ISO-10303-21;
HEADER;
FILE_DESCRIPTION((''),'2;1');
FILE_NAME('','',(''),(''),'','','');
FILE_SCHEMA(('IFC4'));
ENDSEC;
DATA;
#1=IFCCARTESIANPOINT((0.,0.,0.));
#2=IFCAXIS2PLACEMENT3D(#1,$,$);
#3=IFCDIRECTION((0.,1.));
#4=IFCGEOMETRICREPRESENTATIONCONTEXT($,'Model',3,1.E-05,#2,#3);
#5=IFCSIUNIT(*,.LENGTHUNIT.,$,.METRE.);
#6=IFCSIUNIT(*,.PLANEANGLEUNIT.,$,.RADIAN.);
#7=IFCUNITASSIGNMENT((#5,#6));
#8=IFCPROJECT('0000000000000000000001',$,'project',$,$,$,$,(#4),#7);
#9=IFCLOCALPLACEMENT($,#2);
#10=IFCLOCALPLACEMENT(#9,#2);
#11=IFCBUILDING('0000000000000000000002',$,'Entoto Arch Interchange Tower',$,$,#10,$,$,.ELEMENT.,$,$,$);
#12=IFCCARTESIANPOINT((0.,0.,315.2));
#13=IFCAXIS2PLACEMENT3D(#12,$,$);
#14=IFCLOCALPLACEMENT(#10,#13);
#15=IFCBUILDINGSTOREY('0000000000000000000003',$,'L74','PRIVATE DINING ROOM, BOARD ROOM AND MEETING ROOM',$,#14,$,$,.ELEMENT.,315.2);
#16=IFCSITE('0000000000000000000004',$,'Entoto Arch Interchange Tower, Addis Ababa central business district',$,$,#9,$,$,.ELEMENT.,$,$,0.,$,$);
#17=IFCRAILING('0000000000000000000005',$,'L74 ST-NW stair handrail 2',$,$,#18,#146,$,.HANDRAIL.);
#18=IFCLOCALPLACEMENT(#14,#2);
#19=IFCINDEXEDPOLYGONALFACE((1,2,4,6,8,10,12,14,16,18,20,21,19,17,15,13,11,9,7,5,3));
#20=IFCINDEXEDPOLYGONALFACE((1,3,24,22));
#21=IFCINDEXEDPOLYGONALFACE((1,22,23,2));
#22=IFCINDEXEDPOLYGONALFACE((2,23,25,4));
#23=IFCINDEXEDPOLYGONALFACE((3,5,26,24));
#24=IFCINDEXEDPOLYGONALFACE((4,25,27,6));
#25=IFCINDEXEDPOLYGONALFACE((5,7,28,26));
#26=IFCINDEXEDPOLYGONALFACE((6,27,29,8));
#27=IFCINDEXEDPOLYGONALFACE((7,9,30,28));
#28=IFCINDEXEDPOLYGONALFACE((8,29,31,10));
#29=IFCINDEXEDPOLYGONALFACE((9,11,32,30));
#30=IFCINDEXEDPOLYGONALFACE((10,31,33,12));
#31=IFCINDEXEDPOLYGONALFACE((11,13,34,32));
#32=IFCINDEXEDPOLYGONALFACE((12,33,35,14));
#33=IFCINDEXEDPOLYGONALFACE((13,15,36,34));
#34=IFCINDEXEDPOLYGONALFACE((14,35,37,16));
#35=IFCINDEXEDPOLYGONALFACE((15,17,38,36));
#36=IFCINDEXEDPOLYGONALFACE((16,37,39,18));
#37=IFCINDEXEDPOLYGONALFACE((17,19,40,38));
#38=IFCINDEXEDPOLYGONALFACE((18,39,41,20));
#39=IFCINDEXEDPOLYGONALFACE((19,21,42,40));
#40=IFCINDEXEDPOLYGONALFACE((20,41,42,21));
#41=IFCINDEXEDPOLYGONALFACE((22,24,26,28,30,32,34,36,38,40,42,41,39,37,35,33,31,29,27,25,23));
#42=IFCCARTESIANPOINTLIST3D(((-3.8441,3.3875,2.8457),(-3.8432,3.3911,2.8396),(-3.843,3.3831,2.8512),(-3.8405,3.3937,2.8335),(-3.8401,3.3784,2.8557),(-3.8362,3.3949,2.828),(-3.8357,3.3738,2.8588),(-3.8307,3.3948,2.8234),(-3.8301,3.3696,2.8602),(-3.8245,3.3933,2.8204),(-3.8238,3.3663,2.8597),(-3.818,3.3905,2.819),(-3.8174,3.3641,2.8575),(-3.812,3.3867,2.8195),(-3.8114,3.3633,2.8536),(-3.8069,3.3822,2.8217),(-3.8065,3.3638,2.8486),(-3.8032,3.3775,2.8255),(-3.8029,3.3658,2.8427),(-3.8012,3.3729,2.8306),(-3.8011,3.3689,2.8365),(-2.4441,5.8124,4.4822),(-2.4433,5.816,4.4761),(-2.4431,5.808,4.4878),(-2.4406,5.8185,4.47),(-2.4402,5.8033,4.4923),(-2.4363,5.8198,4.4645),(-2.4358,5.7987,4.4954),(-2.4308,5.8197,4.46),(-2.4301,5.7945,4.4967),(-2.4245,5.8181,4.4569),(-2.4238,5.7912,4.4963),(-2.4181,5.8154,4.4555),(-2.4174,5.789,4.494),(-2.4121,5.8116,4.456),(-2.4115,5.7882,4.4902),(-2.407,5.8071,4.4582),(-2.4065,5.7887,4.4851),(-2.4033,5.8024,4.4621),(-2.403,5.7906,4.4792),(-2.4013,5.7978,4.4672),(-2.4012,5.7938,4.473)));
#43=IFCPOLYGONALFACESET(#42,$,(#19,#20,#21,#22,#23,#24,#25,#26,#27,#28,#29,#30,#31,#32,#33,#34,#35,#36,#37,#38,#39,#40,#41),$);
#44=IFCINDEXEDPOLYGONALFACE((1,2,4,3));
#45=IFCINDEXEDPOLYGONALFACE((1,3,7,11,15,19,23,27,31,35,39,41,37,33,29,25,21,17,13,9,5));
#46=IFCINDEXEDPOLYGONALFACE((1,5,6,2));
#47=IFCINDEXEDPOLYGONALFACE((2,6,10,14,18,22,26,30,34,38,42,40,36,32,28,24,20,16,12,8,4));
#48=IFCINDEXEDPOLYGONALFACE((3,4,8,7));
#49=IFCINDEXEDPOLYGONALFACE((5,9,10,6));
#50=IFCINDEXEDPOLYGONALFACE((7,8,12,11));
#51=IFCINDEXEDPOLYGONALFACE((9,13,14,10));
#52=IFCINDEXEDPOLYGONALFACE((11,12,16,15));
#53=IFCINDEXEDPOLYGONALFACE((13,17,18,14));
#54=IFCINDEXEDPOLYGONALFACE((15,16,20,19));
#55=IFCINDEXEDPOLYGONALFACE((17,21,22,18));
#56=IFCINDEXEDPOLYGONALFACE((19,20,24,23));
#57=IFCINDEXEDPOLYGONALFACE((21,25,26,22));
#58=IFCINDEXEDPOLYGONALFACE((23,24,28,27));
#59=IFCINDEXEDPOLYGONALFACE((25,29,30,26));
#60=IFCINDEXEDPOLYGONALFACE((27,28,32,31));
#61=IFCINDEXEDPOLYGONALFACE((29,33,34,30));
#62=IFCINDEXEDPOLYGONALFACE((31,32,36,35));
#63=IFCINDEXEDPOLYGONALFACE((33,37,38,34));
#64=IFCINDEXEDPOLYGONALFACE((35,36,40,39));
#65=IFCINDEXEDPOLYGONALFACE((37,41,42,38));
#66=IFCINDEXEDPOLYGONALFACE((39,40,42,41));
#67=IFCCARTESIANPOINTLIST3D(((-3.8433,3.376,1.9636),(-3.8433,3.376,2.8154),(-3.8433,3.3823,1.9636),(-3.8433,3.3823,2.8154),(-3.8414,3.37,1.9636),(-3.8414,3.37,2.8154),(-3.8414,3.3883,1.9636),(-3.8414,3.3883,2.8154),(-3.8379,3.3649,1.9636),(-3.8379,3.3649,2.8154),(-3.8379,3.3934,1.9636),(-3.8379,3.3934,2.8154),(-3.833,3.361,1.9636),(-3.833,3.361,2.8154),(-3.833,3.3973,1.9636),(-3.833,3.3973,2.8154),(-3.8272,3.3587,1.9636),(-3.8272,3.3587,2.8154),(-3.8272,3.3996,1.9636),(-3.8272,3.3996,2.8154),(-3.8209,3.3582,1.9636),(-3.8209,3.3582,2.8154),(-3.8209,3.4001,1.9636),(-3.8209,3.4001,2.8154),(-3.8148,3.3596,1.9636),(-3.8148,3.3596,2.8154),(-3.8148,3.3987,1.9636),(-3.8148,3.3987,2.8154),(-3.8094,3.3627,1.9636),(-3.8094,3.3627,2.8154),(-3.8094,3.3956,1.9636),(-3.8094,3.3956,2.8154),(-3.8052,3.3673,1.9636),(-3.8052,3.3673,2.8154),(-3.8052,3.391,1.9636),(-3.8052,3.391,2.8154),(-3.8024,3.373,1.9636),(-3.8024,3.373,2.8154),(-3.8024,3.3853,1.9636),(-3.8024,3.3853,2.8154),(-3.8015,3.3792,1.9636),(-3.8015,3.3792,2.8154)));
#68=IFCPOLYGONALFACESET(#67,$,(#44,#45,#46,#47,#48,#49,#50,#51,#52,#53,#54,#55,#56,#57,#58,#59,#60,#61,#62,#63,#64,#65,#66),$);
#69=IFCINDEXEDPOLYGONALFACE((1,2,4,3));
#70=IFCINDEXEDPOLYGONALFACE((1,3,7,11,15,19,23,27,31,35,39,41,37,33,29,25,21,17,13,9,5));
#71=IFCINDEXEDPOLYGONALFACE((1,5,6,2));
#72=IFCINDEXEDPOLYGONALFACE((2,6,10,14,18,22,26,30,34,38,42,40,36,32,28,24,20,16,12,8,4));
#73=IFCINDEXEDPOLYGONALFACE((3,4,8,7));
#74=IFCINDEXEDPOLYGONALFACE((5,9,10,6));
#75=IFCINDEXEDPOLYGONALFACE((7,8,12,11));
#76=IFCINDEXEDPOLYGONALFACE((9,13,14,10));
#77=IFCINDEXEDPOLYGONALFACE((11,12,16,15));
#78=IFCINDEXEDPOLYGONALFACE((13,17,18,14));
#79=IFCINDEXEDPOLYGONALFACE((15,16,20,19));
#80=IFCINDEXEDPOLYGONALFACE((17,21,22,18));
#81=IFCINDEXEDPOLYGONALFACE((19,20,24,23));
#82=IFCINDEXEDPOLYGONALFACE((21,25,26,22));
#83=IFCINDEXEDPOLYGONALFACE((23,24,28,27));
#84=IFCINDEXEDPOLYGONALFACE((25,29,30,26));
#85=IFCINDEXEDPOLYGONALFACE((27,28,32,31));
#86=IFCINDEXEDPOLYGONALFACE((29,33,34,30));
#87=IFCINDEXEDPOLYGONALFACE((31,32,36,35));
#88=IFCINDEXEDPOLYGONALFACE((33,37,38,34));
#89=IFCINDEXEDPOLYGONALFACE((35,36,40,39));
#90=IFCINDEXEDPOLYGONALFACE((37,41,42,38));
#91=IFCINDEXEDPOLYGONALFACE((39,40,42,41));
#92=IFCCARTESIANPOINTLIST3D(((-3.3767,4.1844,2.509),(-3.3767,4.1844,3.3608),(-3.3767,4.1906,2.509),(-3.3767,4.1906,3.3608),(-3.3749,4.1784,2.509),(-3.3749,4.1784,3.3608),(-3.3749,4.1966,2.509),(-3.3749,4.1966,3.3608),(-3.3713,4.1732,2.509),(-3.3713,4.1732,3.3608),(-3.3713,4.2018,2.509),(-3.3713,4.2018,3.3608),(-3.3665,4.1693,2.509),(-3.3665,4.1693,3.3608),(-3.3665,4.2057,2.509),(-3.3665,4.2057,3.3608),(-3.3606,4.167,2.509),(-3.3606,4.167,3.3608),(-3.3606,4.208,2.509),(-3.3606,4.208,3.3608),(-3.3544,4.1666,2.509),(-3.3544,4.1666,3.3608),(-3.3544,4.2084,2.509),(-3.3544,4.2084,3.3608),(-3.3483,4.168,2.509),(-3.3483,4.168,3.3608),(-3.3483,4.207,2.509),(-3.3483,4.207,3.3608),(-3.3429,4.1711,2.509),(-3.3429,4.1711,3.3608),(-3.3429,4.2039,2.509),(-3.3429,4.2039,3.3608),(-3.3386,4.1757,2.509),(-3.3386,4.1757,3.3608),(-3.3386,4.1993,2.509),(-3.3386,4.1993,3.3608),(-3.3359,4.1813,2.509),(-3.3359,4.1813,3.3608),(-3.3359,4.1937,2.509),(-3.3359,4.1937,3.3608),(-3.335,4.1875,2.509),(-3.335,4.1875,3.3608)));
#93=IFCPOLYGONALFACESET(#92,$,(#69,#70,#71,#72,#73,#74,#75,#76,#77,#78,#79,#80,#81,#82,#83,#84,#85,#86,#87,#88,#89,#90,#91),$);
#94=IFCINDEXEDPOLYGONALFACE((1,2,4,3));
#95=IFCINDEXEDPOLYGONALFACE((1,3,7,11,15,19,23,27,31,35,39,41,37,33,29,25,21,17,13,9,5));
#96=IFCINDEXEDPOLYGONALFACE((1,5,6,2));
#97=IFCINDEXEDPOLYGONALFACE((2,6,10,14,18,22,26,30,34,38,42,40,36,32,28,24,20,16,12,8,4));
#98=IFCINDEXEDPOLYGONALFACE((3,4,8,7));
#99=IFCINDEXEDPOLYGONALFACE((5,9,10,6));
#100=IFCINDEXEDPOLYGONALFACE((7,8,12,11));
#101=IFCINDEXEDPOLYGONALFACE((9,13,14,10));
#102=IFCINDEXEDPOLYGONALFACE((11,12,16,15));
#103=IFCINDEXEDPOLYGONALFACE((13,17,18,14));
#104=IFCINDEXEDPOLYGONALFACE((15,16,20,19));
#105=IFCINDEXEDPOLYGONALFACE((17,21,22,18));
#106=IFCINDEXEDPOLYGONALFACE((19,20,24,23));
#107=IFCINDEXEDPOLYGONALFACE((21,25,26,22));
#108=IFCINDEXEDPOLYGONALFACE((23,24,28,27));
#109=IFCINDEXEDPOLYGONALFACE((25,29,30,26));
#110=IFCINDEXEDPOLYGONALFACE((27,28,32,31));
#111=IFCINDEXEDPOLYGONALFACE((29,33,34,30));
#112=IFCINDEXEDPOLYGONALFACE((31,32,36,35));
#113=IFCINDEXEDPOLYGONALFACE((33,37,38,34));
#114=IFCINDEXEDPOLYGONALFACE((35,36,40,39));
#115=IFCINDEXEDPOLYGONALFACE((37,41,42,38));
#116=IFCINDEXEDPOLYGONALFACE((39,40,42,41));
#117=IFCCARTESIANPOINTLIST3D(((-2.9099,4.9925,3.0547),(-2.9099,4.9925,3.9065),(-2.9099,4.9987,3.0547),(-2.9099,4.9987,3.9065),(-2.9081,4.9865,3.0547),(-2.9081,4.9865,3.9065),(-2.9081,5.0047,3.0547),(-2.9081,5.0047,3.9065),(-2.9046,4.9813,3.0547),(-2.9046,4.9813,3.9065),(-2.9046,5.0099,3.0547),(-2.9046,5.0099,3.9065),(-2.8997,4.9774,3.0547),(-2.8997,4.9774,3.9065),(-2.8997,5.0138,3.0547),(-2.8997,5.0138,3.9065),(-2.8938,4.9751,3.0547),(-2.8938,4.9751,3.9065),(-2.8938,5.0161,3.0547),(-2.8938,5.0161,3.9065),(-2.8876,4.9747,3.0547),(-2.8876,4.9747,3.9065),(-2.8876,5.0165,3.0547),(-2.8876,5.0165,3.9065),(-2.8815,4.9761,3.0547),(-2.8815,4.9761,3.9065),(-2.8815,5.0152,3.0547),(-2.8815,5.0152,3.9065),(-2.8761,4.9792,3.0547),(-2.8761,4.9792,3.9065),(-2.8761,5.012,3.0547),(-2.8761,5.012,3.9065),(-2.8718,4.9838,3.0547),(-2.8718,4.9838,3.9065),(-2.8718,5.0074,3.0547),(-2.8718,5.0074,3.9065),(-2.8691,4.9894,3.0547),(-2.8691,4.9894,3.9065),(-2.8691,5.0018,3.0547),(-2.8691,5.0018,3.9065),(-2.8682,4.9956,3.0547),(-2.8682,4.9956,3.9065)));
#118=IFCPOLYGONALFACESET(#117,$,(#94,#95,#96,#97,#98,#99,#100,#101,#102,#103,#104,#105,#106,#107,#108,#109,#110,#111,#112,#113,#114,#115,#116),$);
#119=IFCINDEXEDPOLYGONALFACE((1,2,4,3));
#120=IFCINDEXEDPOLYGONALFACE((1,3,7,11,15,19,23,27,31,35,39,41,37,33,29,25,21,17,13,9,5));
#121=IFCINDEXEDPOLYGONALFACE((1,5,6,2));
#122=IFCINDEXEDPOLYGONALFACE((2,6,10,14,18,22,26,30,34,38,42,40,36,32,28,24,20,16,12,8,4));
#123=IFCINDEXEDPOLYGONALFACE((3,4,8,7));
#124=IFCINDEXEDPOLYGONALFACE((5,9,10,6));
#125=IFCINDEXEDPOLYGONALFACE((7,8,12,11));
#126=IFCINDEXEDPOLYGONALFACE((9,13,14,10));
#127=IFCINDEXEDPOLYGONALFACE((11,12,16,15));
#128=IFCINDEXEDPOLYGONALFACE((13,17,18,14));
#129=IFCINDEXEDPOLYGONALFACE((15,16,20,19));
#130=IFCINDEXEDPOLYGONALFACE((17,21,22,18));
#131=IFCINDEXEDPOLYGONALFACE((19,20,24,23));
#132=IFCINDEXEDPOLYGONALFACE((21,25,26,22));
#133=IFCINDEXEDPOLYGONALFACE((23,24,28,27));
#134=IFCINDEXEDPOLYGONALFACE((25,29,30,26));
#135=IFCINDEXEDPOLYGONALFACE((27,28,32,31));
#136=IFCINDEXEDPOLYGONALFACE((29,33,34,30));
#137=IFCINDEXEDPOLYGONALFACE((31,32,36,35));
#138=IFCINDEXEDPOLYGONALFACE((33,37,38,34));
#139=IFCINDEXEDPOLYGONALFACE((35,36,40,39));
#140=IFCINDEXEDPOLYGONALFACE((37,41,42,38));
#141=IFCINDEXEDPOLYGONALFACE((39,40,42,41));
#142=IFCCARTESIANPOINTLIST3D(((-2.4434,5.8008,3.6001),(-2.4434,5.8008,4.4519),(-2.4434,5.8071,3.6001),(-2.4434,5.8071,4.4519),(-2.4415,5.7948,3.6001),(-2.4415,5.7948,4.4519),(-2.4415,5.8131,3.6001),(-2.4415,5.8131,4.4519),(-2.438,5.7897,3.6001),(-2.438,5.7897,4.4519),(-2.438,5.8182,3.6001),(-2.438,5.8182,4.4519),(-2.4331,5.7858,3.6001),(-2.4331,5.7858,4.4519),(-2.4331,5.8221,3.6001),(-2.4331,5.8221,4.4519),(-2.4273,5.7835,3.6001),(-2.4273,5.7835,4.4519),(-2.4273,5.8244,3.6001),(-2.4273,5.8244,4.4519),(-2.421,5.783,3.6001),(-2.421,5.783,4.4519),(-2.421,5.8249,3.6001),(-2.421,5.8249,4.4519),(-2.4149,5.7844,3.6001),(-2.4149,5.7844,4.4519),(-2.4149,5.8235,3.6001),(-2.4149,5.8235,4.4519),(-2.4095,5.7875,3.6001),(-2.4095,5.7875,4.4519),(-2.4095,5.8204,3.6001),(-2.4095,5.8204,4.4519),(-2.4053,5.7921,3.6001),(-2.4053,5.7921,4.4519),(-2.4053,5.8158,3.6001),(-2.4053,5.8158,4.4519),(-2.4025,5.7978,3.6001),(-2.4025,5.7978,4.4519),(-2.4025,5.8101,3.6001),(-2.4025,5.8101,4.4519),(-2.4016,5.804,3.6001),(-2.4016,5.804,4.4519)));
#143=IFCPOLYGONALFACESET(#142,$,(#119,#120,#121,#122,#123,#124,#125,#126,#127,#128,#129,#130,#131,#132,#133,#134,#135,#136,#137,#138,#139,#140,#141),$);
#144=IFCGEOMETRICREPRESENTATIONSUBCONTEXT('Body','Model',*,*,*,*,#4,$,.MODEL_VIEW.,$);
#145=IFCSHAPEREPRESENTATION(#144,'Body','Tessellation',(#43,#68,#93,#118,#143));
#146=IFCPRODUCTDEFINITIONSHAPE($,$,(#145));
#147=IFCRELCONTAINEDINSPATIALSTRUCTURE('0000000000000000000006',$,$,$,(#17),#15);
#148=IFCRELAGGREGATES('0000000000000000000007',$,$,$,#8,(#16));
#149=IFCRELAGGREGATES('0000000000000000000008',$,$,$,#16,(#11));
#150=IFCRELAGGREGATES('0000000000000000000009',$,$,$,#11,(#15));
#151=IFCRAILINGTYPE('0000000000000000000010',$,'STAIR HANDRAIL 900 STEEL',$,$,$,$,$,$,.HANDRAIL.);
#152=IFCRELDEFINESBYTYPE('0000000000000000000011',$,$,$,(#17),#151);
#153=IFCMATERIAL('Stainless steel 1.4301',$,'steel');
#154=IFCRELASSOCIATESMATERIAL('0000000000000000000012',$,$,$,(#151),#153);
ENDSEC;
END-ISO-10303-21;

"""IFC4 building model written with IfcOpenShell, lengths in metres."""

from ifc_helpers import new_model, si_unit, direction, frame, origin, origin_2d, place, context, subcontext, project, spatial, circle, extrude, material, type_object, element, save


model = new_model("IFC4")

# Units and contexts
model_context = context("Model", 3, precision=1e-05, world=origin(), true_north=direction((0.0, 1.0)))
body_context = subcontext(model_context, "Body", "Model", "MODEL_VIEW")
ifc_project = project(units=[si_unit("LENGTHUNIT", "METRE"), si_unit("PLANEANGLEUNIT", "RADIAN")], contexts=[model_context])

# Site, building, storey
site_placement = place(None, origin())
site = spatial("IfcSite", under=ifc_project, at=site_placement, Name="Entoto Arch Interchange Tower, Addis Ababa central business district", CompositionType="ELEMENT", RefElevation=0.0)
building_placement = place(site_placement, origin())
building = spatial("IfcBuilding", under=site, at=building_placement, Name="Entoto Arch Interchange Tower", CompositionType="ELEMENT")
storey_placement = place(building_placement, frame((0.0, 0.0, 315.2)))
storey = spatial("IfcBuildingStorey", under=building, at=storey_placement, Name="L74", Description="PRIVATE DINING ROOM, BOARD ROOM AND MEETING ROOM", CompositionType="ELEMENT", Elevation=315.2)

# Railing
ifc_material_1 = material(Name="Stainless steel 1.4301", Category="steel")
railing_type_1 = type_object("IfcRailingType", Name="STAIR HANDRAIL 900 STEEL", PredefinedType="HANDRAIL", material=ifc_material_1)
railing_1_placement = place(storey_placement, frame((-3.8225, 3.3792, 1.9636)))
element("IfcRailing", 1, at=railing_1_placement, inside=storey, type_object=railing_type_1, Name="L74 ST-NW stair handrail 2", PredefinedType="HANDRAIL", context=body_context, shape_type="SweptSolid", body=[
    extrude(circle(Radius=0.0239, at=origin_2d()), frame((0.0, 0.0, 0.876), z_axis=(0.431661, 0.74769, 0.504608), x_axis=(-0.866035, 0.499984, 0.0)), (0.0, 0.0, 1.0), 3.2432),
    extrude(circle(Radius=0.021, at=origin_2d()), origin(), (0.0, 0.0, 1.0), 0.8518),
    extrude(circle(Radius=0.021, at=origin_2d()), frame((0.4666, 0.8083, 0.5454)), (0.0, 0.0, 1.0), 0.8518),
    extrude(circle(Radius=0.021, at=origin_2d()), frame((0.9333, 1.6165, 1.0911)), (0.0, 0.0, 1.0), 0.8518),
    extrude(circle(Radius=0.021, at=origin_2d()), frame((1.3999, 2.4248, 1.6365)), (0.0, 0.0, 1.0), 0.8518),
])

save(model, "model.ifc")
